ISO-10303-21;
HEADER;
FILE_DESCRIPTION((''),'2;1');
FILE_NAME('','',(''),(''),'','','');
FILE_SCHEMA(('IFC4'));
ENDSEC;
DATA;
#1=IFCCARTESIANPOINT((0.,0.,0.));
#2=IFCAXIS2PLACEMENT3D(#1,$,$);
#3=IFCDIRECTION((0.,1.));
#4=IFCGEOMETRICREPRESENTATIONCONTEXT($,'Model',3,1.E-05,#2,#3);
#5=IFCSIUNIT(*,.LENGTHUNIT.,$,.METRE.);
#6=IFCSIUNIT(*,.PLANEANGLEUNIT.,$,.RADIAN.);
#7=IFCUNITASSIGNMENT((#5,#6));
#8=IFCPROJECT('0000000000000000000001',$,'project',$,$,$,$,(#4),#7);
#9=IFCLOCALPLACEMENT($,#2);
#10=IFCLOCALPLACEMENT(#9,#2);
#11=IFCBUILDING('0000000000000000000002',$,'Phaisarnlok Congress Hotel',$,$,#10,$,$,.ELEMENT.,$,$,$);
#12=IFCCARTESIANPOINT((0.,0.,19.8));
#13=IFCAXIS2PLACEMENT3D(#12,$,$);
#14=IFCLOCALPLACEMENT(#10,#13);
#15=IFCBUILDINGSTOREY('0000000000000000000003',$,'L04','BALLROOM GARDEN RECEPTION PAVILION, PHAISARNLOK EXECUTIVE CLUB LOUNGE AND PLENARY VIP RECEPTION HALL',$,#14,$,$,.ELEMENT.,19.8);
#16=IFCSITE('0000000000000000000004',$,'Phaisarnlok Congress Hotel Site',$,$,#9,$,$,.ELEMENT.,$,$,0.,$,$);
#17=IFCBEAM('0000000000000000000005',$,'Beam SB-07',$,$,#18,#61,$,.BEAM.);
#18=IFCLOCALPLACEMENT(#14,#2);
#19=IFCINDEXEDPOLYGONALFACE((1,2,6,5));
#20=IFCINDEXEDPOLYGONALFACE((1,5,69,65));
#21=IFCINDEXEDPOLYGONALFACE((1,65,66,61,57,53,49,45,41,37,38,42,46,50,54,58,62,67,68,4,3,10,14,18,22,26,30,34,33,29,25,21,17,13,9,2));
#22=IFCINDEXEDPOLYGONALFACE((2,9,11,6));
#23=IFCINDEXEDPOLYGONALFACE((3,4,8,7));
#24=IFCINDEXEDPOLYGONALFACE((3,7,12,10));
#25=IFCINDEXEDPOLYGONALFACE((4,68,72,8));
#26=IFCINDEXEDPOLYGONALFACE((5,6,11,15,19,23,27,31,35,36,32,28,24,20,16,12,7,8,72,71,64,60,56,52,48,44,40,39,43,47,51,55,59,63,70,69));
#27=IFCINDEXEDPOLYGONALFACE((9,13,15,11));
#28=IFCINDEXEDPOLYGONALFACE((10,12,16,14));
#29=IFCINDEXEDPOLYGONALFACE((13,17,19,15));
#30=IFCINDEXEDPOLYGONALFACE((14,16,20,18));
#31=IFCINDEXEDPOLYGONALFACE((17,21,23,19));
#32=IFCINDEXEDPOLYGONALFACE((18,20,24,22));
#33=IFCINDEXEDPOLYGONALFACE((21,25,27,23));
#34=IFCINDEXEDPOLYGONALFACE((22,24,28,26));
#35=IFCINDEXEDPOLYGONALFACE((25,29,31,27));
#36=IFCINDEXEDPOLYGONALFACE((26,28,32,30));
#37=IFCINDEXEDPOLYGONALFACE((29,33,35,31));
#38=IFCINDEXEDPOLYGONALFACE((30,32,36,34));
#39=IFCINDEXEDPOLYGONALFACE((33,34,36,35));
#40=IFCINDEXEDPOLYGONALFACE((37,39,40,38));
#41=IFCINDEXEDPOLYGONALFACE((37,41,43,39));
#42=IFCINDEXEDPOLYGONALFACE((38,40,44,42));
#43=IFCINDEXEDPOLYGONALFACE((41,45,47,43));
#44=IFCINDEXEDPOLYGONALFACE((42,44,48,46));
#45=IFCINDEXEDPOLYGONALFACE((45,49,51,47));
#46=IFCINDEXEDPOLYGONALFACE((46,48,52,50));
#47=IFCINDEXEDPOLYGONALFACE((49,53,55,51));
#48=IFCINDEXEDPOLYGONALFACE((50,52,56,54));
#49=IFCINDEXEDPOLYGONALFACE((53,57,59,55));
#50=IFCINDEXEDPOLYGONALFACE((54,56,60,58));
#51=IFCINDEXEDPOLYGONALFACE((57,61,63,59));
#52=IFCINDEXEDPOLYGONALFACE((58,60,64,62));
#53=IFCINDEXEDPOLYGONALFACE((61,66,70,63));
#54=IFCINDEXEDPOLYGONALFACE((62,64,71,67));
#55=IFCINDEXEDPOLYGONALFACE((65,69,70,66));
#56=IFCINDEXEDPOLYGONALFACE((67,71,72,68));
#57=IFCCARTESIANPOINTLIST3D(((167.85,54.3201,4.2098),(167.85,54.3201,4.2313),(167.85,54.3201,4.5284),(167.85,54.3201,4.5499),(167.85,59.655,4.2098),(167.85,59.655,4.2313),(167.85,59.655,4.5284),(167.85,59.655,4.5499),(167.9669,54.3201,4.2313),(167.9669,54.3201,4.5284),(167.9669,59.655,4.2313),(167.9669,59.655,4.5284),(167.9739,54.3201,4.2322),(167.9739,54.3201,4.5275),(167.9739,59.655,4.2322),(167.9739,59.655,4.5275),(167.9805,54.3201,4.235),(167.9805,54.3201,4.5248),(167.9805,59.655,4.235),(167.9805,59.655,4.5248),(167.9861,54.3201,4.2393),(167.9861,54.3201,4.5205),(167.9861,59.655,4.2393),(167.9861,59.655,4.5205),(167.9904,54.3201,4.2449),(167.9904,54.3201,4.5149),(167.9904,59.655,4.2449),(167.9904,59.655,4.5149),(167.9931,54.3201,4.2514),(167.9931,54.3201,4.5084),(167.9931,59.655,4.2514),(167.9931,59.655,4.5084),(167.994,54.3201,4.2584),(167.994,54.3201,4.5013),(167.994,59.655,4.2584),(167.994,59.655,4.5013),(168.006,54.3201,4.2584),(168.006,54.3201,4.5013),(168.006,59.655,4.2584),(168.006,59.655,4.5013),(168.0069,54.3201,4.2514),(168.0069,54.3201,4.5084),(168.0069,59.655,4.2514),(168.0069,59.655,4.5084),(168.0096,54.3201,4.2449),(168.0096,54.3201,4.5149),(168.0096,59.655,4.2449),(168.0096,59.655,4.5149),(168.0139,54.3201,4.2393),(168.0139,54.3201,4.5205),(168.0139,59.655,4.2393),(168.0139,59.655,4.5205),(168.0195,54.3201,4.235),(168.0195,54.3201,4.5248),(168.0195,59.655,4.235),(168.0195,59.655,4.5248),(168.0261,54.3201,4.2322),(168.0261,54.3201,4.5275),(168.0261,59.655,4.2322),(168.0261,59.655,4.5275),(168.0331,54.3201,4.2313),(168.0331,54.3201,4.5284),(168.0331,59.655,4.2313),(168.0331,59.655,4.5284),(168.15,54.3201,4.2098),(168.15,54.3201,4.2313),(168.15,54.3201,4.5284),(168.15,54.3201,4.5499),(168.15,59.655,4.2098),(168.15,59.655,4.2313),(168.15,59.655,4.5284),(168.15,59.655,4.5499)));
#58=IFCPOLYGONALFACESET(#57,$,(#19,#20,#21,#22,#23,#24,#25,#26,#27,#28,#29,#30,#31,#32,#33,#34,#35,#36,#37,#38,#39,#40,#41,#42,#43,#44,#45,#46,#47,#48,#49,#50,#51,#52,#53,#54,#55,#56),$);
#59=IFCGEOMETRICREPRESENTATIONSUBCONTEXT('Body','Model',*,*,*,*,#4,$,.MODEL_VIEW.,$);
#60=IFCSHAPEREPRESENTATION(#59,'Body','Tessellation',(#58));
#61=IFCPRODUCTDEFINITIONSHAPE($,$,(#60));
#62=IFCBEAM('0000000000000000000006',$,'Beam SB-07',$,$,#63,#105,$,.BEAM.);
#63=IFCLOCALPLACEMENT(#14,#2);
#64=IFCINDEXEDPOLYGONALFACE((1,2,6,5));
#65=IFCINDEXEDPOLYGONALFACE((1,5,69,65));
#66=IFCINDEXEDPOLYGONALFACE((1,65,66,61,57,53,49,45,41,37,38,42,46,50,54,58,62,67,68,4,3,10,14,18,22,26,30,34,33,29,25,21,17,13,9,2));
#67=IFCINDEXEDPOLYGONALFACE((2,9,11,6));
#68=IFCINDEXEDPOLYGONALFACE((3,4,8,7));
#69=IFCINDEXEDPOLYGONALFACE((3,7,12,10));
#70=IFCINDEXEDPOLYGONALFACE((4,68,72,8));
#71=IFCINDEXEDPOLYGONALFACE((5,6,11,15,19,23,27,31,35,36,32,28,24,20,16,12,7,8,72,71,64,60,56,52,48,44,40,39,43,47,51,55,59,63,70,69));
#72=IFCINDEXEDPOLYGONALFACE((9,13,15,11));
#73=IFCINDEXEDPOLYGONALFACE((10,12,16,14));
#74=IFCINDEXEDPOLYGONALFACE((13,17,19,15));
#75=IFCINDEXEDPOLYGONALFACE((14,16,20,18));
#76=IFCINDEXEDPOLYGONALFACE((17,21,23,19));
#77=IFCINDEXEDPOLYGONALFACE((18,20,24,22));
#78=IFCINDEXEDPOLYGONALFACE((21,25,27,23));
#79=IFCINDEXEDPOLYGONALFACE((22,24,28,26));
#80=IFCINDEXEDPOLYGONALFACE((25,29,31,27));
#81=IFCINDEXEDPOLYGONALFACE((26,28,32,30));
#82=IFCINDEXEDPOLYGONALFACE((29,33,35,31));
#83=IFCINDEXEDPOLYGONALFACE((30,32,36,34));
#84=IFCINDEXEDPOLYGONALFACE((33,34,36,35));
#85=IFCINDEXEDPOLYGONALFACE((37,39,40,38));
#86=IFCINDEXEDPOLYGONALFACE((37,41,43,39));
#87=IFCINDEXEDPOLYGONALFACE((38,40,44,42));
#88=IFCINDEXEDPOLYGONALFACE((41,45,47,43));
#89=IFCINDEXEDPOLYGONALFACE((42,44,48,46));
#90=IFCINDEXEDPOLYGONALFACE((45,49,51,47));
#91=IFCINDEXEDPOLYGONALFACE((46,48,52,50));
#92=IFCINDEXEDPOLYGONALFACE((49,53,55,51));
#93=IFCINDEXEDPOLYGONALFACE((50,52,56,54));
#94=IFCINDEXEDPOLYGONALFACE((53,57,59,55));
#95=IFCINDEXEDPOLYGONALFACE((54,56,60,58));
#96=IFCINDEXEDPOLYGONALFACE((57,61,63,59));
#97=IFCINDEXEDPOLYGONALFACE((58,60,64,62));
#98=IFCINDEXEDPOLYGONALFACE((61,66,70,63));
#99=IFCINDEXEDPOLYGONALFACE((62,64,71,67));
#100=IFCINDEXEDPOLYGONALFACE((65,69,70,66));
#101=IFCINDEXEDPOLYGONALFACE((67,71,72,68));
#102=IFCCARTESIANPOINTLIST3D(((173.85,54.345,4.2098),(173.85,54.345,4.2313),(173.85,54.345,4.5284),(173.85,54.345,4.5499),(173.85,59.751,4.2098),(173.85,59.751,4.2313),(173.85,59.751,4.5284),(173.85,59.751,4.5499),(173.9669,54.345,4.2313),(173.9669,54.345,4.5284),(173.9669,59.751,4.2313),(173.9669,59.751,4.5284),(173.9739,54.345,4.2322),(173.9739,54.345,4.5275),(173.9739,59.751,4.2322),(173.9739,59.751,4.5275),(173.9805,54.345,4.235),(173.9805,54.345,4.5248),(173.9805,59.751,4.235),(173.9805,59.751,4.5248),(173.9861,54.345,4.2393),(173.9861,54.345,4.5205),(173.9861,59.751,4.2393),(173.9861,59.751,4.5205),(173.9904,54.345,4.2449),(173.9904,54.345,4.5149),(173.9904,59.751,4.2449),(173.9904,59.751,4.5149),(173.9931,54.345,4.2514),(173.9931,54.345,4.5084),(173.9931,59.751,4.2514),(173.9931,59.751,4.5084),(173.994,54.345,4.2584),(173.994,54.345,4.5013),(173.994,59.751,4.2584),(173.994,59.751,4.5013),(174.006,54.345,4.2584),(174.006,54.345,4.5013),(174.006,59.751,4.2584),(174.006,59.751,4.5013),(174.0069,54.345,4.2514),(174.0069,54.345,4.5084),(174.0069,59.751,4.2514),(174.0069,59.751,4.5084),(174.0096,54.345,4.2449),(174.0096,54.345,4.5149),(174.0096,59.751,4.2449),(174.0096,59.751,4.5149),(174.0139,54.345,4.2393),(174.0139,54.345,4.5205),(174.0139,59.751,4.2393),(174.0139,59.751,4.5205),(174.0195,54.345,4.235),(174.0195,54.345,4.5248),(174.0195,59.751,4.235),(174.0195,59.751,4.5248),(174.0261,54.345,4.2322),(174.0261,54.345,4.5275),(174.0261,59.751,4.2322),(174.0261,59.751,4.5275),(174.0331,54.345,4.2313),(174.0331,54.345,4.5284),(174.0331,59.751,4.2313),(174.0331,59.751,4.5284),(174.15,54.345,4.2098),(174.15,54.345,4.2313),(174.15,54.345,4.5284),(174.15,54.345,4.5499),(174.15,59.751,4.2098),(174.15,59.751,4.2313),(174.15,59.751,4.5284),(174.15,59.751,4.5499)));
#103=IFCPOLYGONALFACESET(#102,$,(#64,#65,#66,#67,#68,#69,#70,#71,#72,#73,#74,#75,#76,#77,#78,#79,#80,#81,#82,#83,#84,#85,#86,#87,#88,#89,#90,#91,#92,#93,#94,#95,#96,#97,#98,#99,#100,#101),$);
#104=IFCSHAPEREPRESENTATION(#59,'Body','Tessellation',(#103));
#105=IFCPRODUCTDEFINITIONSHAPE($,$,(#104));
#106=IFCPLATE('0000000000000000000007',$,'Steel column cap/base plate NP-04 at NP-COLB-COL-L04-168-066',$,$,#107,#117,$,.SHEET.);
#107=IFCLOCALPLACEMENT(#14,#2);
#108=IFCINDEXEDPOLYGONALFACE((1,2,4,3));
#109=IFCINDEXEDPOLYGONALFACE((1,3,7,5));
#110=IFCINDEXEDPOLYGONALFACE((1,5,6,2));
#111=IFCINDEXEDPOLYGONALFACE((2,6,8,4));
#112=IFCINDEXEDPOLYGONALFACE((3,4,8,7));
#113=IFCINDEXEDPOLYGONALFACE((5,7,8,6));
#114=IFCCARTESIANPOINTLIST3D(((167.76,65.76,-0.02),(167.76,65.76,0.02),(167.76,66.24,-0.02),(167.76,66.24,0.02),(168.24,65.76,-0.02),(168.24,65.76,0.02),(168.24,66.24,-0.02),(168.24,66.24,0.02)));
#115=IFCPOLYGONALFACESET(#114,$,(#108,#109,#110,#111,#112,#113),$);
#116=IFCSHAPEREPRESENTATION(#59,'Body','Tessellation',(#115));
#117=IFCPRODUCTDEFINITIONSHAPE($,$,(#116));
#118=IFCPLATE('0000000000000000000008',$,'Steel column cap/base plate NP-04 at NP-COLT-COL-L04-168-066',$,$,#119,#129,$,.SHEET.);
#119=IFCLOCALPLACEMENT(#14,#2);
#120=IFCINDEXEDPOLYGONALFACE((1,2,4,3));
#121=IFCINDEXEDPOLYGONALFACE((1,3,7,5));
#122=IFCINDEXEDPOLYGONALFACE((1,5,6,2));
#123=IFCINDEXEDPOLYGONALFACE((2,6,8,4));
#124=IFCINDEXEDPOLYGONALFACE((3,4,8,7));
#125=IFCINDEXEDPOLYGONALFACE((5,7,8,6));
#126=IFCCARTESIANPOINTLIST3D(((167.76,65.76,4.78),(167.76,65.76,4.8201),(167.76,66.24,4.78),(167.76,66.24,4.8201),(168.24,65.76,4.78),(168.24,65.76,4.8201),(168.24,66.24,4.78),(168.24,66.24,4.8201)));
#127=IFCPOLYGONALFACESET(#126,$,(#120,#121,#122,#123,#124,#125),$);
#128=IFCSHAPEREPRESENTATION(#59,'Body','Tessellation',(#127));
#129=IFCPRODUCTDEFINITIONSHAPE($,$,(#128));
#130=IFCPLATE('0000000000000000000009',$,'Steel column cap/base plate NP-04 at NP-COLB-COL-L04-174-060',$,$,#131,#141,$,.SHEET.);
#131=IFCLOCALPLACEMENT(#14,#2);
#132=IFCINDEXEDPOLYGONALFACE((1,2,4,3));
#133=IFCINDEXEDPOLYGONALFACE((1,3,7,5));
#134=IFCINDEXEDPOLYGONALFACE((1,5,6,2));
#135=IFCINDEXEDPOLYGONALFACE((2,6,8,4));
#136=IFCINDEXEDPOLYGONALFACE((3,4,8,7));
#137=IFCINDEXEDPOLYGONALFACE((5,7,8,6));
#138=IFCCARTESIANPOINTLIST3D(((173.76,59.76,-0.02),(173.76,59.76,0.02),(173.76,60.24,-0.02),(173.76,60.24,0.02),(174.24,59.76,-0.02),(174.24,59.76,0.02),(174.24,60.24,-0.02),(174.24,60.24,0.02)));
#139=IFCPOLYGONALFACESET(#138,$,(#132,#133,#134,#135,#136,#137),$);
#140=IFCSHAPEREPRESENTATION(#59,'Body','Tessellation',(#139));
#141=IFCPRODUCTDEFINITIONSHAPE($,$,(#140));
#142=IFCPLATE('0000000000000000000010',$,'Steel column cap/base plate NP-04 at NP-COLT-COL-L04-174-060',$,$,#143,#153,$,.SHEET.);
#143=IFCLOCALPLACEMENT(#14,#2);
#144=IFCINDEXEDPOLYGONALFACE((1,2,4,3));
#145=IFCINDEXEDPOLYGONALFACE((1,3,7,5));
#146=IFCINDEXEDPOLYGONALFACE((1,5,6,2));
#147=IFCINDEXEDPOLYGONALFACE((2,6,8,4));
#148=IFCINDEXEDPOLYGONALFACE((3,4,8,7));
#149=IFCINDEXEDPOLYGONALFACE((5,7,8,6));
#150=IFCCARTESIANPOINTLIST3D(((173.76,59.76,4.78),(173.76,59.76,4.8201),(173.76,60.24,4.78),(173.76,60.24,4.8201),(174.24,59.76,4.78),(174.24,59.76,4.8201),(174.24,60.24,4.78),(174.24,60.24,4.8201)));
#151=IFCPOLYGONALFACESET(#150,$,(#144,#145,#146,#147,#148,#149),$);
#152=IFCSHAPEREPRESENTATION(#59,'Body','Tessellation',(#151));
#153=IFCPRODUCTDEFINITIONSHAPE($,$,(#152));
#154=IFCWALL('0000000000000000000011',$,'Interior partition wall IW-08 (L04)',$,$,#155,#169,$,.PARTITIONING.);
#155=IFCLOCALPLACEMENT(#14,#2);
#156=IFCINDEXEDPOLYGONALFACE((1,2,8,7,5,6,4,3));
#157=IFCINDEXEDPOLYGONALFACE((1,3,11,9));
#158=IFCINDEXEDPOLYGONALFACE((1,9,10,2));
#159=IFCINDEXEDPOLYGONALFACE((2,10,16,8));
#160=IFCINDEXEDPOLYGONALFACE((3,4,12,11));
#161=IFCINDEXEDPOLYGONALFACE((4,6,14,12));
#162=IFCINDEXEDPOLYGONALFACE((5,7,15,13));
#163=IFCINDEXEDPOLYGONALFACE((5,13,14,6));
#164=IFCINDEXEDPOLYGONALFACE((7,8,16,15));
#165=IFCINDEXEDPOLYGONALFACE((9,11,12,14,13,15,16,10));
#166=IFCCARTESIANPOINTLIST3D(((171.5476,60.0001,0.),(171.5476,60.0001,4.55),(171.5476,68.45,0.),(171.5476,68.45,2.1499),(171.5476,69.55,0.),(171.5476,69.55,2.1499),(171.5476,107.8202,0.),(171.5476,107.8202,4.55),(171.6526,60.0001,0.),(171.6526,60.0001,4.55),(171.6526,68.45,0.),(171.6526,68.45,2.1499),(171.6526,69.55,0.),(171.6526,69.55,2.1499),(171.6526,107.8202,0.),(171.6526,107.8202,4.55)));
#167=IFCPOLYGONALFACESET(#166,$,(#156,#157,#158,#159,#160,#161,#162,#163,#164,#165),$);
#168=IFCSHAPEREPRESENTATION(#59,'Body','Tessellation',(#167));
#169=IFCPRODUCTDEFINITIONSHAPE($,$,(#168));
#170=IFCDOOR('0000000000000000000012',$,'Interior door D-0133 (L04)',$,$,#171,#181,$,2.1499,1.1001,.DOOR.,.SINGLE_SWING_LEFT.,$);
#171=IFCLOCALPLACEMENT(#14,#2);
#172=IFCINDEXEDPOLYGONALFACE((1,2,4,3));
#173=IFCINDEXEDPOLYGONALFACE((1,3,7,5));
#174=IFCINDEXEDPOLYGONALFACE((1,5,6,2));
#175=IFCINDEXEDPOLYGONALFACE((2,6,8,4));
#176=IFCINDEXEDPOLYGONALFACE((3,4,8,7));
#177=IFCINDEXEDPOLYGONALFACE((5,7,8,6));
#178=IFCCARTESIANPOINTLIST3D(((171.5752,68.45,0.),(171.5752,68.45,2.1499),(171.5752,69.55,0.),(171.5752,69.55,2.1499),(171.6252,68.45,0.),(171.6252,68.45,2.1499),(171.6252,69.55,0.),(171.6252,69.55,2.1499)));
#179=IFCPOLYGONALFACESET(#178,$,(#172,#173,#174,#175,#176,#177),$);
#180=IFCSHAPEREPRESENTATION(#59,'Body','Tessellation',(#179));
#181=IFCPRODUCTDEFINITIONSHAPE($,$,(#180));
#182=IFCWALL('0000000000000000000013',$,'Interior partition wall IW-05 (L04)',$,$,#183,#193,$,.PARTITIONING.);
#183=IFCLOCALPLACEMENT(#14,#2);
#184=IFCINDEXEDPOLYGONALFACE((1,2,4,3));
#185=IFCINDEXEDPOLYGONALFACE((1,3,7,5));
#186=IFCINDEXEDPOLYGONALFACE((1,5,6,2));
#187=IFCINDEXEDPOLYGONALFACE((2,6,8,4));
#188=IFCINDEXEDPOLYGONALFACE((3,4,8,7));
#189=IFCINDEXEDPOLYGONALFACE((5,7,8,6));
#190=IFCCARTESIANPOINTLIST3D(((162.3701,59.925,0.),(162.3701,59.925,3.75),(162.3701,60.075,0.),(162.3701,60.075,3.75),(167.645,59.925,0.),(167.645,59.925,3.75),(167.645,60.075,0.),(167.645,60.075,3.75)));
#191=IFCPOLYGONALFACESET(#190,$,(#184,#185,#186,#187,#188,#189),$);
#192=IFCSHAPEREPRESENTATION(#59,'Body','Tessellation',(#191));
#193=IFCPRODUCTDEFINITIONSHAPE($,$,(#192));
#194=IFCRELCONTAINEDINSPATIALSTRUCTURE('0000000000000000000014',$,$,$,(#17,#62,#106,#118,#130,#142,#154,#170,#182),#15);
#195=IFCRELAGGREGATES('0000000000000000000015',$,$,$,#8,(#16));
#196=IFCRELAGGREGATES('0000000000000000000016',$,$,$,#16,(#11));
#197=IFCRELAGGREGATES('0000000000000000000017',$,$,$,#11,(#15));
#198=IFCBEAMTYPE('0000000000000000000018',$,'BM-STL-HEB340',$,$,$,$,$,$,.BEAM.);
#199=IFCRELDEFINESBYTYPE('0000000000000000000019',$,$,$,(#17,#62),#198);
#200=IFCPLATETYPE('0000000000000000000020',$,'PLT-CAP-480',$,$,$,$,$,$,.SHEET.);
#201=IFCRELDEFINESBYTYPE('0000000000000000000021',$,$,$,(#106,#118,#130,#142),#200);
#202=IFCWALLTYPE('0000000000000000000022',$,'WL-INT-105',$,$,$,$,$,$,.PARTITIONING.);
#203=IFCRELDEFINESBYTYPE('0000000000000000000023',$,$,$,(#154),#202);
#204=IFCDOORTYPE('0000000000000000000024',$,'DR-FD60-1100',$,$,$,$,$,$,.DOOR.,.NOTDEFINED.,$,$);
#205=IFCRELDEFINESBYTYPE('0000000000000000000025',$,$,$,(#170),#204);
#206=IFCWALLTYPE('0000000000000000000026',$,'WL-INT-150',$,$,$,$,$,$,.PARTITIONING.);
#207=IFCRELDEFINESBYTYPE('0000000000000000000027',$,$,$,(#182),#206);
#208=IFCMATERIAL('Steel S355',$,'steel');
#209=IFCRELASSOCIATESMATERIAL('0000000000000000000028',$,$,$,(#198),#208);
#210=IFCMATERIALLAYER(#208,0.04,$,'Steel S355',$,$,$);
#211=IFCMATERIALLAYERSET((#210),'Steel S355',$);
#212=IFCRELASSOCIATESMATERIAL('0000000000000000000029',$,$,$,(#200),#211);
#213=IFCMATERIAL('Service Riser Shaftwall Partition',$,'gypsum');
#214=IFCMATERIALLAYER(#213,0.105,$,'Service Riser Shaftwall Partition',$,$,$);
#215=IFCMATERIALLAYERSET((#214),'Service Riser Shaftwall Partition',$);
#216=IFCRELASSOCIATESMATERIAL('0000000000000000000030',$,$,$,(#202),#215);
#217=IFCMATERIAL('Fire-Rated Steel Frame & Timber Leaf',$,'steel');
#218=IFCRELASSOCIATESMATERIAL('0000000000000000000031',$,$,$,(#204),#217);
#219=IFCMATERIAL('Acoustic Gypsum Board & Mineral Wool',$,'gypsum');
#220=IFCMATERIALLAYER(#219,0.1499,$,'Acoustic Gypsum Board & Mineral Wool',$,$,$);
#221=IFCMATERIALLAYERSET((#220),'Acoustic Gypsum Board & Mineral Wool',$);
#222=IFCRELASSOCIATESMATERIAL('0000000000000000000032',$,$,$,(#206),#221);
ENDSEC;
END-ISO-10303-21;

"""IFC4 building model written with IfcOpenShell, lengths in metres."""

from ifc_helpers import new_model, si_unit, direction, frame, frame_2d, origin, origin_2d, place, context, subcontext, project, spatial, rectangle, i_section, extrude, material, layer, layer_set, material_profile, profile_set, type_object, element, fill, save


model = new_model("IFC4")

# Units and contexts
model_context = context("Model", 3, precision=1e-05, world=origin(), true_north=direction((0.0, 1.0)))
body_context = subcontext(model_context, "Body", "Model", "MODEL_VIEW")
ifc_project = project(units=[si_unit("LENGTHUNIT", "METRE"), si_unit("PLANEANGLEUNIT", "RADIAN")], contexts=[model_context])

# Site, building, storey
site_placement = place(None, origin())
site = spatial("IfcSite", under=ifc_project, at=site_placement, Name="Phaisarnlok Congress Hotel Site", CompositionType="ELEMENT", RefElevation=0.0)
building_placement = place(site_placement, origin())
building = spatial("IfcBuilding", under=site, at=building_placement, Name="Phaisarnlok Congress Hotel", CompositionType="ELEMENT")
storey_placement = place(building_placement, frame((0.0, 0.0, 19.8)))
storey = spatial("IfcBuildingStorey", under=building, at=storey_placement, Name="L04", Description="BALLROOM GARDEN RECEPTION PAVILION, PHAISARNLOK EXECUTIVE CLUB LOUNGE AND PLENARY VIP RECEPTION HALL", CompositionType="ELEMENT", Elevation=19.8)

# Shared definitions
ifc_material_1 = material(Name="Steel S355", Category="steel")

# Beams
ifc_material_profile_1 = material_profile(ifc_material_1, i_section(OverallWidth=0.3, OverallDepth=0.3401, WebThickness=0.012, FlangeThickness=0.0215, FilletRadius=0.0271, at=origin_2d()), Name="HEB 340")
ifc_profile_set_1 = profile_set([ifc_material_profile_1], Name="Steel S355")
beam_type_1 = type_object("IfcBeamType", Name="BM-STL-HEB340", PredefinedType="BEAM", material=ifc_profile_set_1)
beam_1_placement = place(storey_placement, frame((168.0, 54.3201, 4.3799), z_axis=(0.0, 1.0, 0.0), x_axis=(-1.0, 0.0, 0.0)))
element("IfcBeam", 1, at=beam_1_placement, inside=storey, type_object=beam_type_1, Name="Beam SB-07", PredefinedType="BEAM", context=body_context, shape_type="SweptSolid", body=[
    extrude(i_section(OverallWidth=0.3, OverallDepth=0.3401, WebThickness=0.012, FlangeThickness=0.0215, FilletRadius=0.0271, at=origin_2d()), origin(), (0.0, 0.0, 1.0), 5.335),
])
beam_2_placement = place(storey_placement, frame((174.0, 54.345, 4.3799), z_axis=(0.0, 1.0, 0.0), x_axis=(-1.0, 0.0, 0.0)))
element("IfcBeam", 2, at=beam_2_placement, inside=storey, type_object=beam_type_1, Name="Beam SB-07", PredefinedType="BEAM", context=body_context, shape_type="SweptSolid", body=[
    extrude(i_section(OverallWidth=0.3, OverallDepth=0.3401, WebThickness=0.012, FlangeThickness=0.0215, FilletRadius=0.0271, at=origin_2d()), origin(), (0.0, 0.0, 1.0), 5.406),
])

# Plates
ifc_layer_1 = layer(ifc_material_1, 0.04, Name="Steel S355")
ifc_layer_set_1 = layer_set([ifc_layer_1], Name="Steel S355")
plate_type = type_object("IfcPlateType", Name="PLT-CAP-480", PredefinedType="SHEET", material=ifc_layer_set_1)
for number, where, z_axis, x_axis, name in (
    (3, (168.0, 66.0, -0.02), (0.0, 0.0, 1.0), (1.0, 0.0, 0.0), "Steel column cap/base plate NP-04 at NP-COLB-COL-L04-168-066"),
    (4, (168.0, 66.0, 4.78), (0.0, 0.0, 1.0), (1.0, 0.0, 0.0), "Steel column cap/base plate NP-04 at NP-COLT-COL-L04-168-066"),
    (5, (174.0, 60.0, -0.02), (0.0, 0.0, 1.0), (1.0, 0.0, 0.0), "Steel column cap/base plate NP-04 at NP-COLB-COL-L04-174-060"),
    (6, (174.0, 60.0, 4.78), (0.0, 0.0, 1.0), (1.0, 0.0, 0.0), "Steel column cap/base plate NP-04 at NP-COLT-COL-L04-174-060"),
):
    element("IfcPlate", number, at=place(storey_placement, frame(where, z_axis=z_axis, x_axis=x_axis)), inside=storey, type_object=plate_type, Name=name, PredefinedType="SHEET", context=body_context, shape_type="SweptSolid", body=[
        extrude(rectangle(XDim=0.48, YDim=0.48, at=origin_2d()), origin(), (0.0, 0.0, 1.0), 0.04),
    ])

# Wall, opening, door
ifc_material_2 = material(Name="Service Riser Shaftwall Partition", Category="gypsum")
ifc_layer_2 = layer(ifc_material_2, 0.105, Name="Service Riser Shaftwall Partition")
ifc_layer_set_2 = layer_set([ifc_layer_2], Name="Service Riser Shaftwall Partition")
wall_type_1 = type_object("IfcWallType", Name="WL-INT-105", PredefinedType="PARTITIONING", material=ifc_layer_set_2)
wall_1_placement = place(storey_placement, frame((171.6001, 60.0, 0.0), z_axis=(0.0, 0.0, 1.0), x_axis=(0.0, 1.0, 0.0)))
wall_1 = element("IfcWall", 7, at=wall_1_placement, inside=storey, type_object=wall_type_1, Name="Interior partition wall IW-08 (L04)", PredefinedType="PARTITIONING", context=body_context, shape_type="SweptSolid", body=[
    extrude(rectangle(XDim=47.8201, YDim=0.105, at=frame_2d((23.9102, 0.0))), origin(), (0.0, 0.0, 1.0), 4.55),
])
opening_1_placement = place(wall_1_placement, frame((8.45, 0.0, 0.0)))
opening_1 = element("IfcOpeningElement", 8, at=opening_1_placement, cuts=wall_1, PredefinedType="OPENING", context=body_context, shape_type="SweptSolid", body=[
    extrude(rectangle(XDim=1.1001, YDim=2.1499, at=frame_2d((0.55, 1.075))), frame((0.0, 0.0625, 0.0), z_axis=(0.0, -1.0, 0.0), x_axis=(1.0, 0.0, 0.0)), (0.0, 0.0, 1.0), 0.125),
])
ifc_material_3 = material(Name="Fire-Rated Steel Frame & Timber Leaf", Category="steel")
door_type_1 = type_object("IfcDoorType", Name="DR-FD60-1100", OperationType="NOTDEFINED", PredefinedType="DOOR", material=ifc_material_3)
door_1_placement = place(opening_1_placement, origin())
door_1 = element("IfcDoor", 9, at=door_1_placement, inside=storey, type_object=door_type_1, Name="Interior door D-0133 (L04)", OperationType="SINGLE_SWING_LEFT", OverallHeight=2.1499, OverallWidth=1.1001, PredefinedType="DOOR", context=body_context, shape_type="SweptSolid", body=[
    extrude(rectangle(XDim=1.1001, YDim=2.1499, at=frame_2d((0.55, 1.075))), frame((0.0, 0.0249, 0.0), z_axis=(0.0, -1.0, 0.0), x_axis=(1.0, 0.0, 0.0)), (0.0, 0.0, 1.0), 0.05),
])
fill(opening_1, door_1)

# Wall
ifc_material_4 = material(Name="Acoustic Gypsum Board & Mineral Wool", Category="gypsum")
ifc_layer_3 = layer(ifc_material_4, 0.1499, Name="Acoustic Gypsum Board & Mineral Wool")
ifc_layer_set_3 = layer_set([ifc_layer_3], Name="Acoustic Gypsum Board & Mineral Wool")
wall_type_2 = type_object("IfcWallType", Name="WL-INT-150", PredefinedType="PARTITIONING", material=ifc_layer_set_3)
wall_2_placement = place(storey_placement, frame((162.3701, 60.0, 0.0), z_axis=(0.0, 0.0, 1.0), x_axis=(1.0, 0.0, 0.0)))
element("IfcWall", 10, at=wall_2_placement, inside=storey, type_object=wall_type_2, Name="Interior partition wall IW-05 (L04)", PredefinedType="PARTITIONING", context=body_context, shape_type="SweptSolid", body=[
    extrude(rectangle(XDim=5.2749, YDim=0.1499, at=frame_2d((2.6375, 0.0))), origin(), (0.0, 0.0, 1.0), 3.75),
])

save(model, "model.ifc")
